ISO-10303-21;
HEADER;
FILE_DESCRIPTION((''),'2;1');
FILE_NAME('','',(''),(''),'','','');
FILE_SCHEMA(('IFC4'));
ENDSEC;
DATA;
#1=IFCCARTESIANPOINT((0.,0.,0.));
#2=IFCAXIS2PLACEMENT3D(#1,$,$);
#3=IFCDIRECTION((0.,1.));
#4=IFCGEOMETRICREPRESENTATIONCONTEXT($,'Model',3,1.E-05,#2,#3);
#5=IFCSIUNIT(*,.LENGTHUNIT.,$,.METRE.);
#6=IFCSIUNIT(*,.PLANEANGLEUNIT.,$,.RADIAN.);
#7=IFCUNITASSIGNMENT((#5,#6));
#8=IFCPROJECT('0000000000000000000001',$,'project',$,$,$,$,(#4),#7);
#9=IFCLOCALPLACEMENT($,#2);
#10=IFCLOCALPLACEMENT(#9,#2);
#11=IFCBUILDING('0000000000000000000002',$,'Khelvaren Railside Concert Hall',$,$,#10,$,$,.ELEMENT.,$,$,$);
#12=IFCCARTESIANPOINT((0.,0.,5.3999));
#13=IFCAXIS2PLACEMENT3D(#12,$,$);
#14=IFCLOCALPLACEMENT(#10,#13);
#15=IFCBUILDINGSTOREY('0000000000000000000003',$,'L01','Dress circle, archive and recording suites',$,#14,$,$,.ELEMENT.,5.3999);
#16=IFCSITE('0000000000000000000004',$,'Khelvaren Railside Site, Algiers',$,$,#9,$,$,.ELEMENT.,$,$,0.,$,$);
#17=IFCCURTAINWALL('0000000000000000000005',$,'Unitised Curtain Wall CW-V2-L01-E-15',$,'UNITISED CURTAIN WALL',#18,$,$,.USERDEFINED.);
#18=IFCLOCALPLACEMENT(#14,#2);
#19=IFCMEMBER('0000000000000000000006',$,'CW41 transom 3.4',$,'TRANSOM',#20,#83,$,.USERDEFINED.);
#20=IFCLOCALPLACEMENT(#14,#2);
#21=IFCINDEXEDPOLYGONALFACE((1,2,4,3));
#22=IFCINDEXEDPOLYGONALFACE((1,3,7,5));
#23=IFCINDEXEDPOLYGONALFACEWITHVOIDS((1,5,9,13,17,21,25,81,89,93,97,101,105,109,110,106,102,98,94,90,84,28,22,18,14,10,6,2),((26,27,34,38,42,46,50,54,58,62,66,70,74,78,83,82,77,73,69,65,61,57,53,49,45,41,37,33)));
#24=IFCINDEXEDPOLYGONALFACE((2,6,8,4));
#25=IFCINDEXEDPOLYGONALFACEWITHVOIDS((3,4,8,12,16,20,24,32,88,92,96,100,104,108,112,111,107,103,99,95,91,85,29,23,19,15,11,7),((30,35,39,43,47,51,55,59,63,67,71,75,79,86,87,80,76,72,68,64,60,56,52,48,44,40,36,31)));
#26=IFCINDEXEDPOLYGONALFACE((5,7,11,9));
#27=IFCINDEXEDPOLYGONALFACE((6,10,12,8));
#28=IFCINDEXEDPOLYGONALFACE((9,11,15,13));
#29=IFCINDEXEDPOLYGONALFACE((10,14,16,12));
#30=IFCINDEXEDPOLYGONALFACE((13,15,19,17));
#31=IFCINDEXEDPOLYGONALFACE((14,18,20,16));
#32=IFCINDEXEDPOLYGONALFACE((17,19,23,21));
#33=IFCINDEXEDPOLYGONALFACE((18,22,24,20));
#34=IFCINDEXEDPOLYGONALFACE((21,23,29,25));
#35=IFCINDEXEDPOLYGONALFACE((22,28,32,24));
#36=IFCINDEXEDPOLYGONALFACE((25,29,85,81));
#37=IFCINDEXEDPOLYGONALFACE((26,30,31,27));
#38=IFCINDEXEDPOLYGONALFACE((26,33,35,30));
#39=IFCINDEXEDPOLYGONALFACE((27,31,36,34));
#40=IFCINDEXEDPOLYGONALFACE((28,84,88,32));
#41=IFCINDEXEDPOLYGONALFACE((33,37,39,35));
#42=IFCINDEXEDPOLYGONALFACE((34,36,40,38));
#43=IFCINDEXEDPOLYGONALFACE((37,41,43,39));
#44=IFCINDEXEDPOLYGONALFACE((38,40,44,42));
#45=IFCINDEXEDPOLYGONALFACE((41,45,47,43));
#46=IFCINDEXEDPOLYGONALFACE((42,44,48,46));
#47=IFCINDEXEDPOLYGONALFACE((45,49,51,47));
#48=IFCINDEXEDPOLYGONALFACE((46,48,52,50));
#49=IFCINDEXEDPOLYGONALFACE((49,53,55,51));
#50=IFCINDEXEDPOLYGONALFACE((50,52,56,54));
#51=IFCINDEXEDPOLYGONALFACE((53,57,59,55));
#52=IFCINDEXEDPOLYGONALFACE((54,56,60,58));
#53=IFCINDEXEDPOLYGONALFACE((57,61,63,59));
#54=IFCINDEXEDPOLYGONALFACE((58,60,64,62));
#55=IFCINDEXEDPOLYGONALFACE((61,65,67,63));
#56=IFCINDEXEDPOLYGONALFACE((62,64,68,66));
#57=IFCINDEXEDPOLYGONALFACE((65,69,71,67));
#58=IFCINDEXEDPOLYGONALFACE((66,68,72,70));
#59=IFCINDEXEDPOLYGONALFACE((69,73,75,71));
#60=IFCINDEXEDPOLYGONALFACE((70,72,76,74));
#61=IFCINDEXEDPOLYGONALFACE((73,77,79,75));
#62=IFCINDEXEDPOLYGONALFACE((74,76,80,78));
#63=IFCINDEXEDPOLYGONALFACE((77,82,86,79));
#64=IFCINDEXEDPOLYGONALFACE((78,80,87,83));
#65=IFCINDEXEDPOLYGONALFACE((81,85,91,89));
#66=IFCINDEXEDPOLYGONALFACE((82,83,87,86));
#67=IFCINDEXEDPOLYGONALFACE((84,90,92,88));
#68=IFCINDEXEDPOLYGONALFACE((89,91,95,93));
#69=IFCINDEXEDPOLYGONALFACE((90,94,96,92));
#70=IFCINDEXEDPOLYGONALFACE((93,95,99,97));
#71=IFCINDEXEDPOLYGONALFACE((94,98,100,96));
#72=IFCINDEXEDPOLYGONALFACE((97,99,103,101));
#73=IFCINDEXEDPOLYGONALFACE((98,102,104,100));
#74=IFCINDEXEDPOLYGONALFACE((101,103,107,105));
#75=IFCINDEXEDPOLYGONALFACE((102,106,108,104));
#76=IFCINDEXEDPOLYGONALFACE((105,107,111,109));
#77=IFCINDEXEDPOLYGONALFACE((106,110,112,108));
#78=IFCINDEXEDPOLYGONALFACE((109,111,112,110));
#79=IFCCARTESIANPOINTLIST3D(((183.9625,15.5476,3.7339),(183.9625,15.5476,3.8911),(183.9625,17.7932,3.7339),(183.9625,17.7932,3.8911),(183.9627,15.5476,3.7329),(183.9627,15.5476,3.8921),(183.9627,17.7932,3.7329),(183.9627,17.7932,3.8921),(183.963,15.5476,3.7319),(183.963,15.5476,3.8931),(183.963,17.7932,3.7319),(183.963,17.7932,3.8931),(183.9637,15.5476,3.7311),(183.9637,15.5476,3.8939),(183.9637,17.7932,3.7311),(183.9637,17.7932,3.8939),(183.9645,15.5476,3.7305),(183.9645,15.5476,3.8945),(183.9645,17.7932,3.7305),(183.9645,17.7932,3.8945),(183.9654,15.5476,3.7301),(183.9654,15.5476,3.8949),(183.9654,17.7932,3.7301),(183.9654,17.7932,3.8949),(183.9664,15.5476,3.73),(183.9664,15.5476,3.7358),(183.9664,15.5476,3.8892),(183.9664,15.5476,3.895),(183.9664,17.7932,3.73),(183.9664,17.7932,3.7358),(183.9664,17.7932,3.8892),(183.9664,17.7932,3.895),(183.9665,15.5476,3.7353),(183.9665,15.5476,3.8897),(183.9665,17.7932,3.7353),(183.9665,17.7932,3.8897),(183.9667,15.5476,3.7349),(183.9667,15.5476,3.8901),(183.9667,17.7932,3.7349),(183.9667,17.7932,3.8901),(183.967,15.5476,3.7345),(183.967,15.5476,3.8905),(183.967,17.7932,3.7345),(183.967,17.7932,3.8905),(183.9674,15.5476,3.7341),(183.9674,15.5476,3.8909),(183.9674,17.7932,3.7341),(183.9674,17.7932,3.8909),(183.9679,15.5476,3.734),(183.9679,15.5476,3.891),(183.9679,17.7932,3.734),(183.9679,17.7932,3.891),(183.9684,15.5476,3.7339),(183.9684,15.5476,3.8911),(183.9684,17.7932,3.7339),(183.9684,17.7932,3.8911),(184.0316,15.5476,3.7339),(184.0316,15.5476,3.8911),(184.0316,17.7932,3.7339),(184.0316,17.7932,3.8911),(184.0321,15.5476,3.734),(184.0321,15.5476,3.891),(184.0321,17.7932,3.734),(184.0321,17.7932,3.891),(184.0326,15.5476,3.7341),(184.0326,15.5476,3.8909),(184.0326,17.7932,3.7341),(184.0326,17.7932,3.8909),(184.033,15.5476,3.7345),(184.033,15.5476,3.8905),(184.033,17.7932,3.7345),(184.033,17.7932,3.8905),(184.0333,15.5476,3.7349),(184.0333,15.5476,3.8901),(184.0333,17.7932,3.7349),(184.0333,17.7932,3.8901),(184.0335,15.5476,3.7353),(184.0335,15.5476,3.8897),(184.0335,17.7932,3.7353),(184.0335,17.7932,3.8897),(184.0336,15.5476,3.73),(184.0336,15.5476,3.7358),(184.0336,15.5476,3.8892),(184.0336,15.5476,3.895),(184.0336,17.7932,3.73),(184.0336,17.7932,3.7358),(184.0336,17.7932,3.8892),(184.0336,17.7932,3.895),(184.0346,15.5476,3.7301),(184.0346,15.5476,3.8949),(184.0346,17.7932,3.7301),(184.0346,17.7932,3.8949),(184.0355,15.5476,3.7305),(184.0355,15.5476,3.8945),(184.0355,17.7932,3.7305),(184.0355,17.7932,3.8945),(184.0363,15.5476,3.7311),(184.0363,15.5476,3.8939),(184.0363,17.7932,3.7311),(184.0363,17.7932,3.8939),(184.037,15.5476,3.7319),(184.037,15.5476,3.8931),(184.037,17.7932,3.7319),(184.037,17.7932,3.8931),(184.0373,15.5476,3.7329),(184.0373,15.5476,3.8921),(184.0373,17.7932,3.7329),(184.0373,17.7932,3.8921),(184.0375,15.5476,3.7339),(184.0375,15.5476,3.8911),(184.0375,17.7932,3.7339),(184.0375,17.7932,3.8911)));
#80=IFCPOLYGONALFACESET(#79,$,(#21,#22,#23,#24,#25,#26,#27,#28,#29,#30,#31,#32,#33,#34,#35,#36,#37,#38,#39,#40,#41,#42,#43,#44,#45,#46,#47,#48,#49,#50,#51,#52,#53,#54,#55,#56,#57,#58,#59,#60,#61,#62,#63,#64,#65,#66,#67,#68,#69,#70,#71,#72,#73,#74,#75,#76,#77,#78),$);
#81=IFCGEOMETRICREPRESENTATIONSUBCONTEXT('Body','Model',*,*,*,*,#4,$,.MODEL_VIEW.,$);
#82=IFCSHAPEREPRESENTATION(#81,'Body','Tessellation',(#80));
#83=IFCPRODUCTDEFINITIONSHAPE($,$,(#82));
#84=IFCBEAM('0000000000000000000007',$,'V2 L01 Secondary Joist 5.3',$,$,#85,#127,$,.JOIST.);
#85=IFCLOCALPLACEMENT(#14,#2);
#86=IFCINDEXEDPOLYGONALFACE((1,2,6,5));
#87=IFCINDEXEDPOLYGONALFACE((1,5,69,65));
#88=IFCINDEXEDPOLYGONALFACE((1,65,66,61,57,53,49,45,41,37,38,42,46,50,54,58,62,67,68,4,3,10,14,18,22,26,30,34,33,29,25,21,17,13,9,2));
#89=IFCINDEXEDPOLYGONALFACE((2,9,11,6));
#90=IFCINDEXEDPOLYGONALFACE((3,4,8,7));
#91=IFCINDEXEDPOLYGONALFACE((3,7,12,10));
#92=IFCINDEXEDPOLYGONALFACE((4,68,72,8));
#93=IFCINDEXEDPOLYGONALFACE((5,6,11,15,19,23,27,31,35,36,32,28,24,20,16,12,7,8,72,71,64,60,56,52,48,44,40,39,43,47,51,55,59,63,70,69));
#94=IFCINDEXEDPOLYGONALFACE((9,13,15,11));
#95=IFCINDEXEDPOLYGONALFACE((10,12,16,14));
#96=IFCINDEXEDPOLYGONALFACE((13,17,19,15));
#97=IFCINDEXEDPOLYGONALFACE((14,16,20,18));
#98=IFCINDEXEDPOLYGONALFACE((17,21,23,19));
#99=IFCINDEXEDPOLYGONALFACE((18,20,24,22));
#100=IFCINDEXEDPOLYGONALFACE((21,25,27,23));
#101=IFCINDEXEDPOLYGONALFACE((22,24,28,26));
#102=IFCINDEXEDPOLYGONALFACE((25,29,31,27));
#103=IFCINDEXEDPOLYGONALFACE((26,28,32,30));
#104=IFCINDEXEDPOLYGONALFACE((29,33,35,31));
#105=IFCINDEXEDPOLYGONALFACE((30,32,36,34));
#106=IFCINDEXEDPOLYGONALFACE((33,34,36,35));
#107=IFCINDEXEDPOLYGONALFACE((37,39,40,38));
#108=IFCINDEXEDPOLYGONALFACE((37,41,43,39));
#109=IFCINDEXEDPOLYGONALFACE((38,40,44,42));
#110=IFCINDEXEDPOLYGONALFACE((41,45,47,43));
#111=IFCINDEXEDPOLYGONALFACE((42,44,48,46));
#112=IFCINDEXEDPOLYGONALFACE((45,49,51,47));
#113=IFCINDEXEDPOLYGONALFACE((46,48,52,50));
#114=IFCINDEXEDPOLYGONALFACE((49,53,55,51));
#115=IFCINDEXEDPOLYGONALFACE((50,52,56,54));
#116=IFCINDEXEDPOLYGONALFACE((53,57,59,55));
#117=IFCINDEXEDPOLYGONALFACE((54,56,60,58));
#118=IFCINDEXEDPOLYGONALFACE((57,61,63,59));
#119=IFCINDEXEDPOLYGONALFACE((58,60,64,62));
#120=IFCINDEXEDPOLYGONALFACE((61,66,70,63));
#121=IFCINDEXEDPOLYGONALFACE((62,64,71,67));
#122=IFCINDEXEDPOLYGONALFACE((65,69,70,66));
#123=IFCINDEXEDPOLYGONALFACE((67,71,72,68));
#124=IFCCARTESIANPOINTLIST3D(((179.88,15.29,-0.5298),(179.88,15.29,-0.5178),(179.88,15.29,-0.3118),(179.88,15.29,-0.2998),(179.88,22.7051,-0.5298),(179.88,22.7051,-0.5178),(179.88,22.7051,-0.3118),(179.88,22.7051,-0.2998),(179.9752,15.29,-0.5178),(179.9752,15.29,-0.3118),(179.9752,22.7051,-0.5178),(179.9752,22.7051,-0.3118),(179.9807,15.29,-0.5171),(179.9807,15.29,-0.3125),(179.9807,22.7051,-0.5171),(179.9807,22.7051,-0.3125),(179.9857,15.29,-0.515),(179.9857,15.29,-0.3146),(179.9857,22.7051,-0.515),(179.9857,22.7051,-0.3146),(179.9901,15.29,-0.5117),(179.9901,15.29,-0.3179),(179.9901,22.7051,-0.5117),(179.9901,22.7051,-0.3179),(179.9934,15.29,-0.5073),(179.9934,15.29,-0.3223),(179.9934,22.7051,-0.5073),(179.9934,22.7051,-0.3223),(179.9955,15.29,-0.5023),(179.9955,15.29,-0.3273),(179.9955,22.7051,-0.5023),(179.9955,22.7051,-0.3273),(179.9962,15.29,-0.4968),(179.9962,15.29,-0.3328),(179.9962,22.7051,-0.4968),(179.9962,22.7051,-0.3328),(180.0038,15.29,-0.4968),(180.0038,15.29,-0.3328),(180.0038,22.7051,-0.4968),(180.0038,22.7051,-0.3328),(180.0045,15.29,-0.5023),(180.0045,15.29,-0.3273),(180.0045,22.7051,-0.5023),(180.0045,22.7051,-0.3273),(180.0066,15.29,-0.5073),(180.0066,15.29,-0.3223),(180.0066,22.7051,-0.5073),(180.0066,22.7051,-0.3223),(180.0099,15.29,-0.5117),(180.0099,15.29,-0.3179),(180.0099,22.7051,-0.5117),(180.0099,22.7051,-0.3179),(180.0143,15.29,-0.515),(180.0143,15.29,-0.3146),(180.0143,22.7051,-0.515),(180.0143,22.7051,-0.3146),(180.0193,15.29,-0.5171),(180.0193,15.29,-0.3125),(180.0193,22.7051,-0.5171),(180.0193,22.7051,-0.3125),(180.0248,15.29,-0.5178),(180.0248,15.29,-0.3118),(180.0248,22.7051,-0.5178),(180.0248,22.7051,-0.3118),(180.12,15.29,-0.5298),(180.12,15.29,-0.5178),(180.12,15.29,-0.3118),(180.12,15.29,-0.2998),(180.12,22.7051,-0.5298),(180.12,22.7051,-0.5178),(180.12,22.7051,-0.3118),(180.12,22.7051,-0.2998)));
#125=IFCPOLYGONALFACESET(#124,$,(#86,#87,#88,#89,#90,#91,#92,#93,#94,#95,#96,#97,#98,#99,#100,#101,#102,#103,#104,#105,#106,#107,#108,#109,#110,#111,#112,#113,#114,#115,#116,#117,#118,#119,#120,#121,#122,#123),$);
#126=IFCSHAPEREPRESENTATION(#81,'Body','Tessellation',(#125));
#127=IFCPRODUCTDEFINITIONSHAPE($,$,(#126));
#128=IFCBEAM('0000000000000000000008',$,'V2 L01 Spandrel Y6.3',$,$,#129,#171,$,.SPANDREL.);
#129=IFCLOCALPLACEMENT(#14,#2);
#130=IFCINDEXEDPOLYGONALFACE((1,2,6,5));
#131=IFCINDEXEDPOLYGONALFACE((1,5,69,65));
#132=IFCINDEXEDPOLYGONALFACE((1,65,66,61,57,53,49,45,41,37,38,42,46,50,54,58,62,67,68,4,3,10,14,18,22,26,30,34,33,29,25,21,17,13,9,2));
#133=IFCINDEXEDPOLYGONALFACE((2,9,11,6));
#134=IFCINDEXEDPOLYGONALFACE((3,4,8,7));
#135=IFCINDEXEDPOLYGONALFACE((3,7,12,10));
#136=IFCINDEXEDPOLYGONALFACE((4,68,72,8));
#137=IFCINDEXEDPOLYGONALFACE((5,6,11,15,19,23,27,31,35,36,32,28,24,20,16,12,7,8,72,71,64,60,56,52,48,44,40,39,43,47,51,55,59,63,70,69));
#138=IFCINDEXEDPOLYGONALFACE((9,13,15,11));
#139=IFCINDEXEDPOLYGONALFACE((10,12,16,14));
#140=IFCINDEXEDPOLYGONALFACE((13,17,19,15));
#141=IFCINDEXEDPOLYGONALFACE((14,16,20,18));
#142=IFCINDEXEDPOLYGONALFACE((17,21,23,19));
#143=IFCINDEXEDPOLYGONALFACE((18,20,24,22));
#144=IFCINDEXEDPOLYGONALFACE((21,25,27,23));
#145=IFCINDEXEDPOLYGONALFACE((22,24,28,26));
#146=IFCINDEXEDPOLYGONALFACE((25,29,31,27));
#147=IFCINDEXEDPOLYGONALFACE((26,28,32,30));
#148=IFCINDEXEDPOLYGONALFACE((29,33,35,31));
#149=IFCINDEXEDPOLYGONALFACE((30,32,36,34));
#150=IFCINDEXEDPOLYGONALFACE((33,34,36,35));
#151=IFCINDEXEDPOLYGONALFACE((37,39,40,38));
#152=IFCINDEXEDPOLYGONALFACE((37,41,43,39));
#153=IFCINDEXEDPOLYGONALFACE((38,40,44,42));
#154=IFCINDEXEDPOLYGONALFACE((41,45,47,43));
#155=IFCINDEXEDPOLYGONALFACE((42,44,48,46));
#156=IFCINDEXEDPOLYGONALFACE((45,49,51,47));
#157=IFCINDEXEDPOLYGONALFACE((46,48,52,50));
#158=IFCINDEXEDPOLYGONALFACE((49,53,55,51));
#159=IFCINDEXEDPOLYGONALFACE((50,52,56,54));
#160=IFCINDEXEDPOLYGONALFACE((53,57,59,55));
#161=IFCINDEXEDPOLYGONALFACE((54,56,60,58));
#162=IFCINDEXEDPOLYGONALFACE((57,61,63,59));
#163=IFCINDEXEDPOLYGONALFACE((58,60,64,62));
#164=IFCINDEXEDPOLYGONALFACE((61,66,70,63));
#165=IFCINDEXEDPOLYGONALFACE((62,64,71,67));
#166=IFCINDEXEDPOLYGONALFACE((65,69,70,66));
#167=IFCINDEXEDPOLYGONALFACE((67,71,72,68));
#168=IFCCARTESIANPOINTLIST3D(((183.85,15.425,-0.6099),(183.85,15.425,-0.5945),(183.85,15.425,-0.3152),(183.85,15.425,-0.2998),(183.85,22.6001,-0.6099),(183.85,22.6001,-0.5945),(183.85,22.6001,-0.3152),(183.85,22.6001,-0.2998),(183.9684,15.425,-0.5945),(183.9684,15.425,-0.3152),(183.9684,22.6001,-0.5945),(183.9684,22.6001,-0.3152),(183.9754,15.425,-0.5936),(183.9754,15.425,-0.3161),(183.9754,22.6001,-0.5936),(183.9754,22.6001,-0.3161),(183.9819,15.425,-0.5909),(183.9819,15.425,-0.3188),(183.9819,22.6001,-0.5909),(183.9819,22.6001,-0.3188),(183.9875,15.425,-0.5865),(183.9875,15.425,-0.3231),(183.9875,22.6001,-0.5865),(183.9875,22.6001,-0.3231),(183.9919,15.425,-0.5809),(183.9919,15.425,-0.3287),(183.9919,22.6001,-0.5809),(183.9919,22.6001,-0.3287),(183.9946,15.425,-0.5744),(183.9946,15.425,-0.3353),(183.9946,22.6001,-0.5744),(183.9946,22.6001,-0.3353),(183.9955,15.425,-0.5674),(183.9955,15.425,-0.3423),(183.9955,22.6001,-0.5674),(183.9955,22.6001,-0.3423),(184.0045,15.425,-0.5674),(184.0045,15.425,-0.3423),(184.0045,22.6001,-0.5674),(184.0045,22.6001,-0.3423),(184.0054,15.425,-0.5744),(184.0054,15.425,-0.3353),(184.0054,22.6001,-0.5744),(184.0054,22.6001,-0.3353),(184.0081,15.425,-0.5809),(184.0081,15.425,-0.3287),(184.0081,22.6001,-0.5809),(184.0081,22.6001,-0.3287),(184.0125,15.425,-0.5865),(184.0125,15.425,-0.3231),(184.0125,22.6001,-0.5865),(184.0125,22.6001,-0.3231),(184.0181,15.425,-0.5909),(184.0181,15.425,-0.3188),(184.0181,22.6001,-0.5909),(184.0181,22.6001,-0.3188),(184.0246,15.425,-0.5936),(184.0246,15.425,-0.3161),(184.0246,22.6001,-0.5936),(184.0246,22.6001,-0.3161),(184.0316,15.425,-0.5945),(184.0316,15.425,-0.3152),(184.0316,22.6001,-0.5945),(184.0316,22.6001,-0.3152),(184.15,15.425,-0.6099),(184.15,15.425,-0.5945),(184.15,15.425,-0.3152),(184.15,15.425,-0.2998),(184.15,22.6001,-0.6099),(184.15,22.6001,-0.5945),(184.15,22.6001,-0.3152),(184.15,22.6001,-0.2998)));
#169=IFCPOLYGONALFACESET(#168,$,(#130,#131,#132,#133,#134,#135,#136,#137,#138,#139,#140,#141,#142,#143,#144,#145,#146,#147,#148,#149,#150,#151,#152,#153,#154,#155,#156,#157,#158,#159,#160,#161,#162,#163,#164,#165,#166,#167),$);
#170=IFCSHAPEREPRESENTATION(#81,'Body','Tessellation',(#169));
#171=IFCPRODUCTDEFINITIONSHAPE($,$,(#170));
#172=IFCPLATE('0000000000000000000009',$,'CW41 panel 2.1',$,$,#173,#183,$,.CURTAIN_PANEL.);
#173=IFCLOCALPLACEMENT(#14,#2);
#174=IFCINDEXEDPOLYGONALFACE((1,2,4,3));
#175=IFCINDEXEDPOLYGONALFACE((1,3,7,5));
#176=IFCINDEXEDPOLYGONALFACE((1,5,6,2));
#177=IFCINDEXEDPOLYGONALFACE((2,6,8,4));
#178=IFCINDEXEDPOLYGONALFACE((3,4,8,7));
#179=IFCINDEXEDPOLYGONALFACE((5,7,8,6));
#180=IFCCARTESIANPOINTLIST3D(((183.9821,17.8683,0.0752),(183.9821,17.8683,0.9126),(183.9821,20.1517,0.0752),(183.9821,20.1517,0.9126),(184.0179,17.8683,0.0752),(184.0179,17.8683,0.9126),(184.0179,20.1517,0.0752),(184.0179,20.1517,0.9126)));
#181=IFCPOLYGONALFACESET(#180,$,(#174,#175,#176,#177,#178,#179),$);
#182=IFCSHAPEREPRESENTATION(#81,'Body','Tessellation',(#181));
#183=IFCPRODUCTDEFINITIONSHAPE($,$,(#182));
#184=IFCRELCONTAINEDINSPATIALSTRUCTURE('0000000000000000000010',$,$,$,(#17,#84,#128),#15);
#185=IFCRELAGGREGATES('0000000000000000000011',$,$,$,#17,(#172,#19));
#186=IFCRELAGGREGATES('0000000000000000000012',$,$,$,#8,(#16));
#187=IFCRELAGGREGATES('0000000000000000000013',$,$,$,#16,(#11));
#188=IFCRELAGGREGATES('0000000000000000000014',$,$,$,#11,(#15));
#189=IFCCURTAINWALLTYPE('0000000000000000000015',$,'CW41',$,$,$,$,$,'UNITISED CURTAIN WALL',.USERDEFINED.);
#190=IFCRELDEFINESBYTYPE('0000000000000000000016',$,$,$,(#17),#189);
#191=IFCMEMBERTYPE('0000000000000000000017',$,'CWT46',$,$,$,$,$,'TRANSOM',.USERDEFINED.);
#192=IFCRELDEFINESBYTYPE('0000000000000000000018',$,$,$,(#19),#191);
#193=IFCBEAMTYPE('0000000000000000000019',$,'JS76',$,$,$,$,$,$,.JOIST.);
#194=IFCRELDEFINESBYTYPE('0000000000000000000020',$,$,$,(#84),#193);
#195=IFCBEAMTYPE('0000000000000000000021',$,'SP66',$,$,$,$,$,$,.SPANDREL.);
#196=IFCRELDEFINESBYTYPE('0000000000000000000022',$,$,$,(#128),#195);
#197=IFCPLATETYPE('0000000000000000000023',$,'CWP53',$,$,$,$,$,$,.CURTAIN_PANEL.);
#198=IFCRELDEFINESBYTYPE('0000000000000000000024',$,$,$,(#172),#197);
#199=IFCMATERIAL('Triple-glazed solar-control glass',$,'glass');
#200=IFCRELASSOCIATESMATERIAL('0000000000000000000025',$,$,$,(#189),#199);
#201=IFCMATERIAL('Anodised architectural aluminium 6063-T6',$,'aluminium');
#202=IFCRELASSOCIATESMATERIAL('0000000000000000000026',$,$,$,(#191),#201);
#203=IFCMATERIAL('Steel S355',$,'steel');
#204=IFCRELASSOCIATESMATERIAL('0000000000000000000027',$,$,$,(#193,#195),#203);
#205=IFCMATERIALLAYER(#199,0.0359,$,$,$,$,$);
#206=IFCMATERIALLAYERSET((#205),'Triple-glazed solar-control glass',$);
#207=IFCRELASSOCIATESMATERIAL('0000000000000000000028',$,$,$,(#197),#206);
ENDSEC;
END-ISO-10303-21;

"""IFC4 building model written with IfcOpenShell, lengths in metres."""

from ifc_helpers import new_model, si_unit, direction, frame, origin, origin_2d, place, context, subcontext, project, spatial, rectangle, hollow_rectangle, i_section, extrude, material, layer, layer_set, material_profile, profile_set, type_object, element, aggregate, save


model = new_model("IFC4")

# Units and contexts
model_context = context("Model", 3, precision=1e-05, world=origin(), true_north=direction((0.0, 1.0)))
body_context = subcontext(model_context, "Body", "Model", "MODEL_VIEW")
ifc_project = project(units=[si_unit("LENGTHUNIT", "METRE"), si_unit("PLANEANGLEUNIT", "RADIAN")], contexts=[model_context])

# Site, building, storey
site_placement = place(None, origin())
site = spatial("IfcSite", under=ifc_project, at=site_placement, Name="Khelvaren Railside Site, Algiers", CompositionType="ELEMENT", RefElevation=0.0)
building_placement = place(site_placement, origin())
building = spatial("IfcBuilding", under=site, at=building_placement, Name="Khelvaren Railside Concert Hall", CompositionType="ELEMENT")
storey_placement = place(building_placement, frame((0.0, 0.0, 5.3999)))
storey = spatial("IfcBuildingStorey", under=building, at=storey_placement, Name="L01", Description="Dress circle, archive and recording suites", CompositionType="ELEMENT", Elevation=5.3999)

# Shared definitions
ifc_material_1 = material(Name="Steel S355", Category="steel")

# Curtain wall
ifc_material_2 = material(Name="Triple-glazed solar-control glass", Category="glass")
curtain_wall_type_1 = type_object("IfcCurtainWallType", Name="CW41", ElementType="UNITISED CURTAIN WALL", PredefinedType="USERDEFINED", material=ifc_material_2)
curtain_wall_1_placement = place(storey_placement, origin())
curtain_wall_1 = element("IfcCurtainWall", 1, at=curtain_wall_1_placement, inside=storey, type_object=curtain_wall_type_1, Name="Unitised Curtain Wall CW-V2-L01-E-15", ObjectType="UNITISED CURTAIN WALL", PredefinedType="USERDEFINED")
ifc_material_3 = material(Name="Anodised architectural aluminium 6063-T6", Category="aluminium")

# Member
ifc_material_profile_1 = material_profile(ifc_material_3, hollow_rectangle(XDim=0.075, YDim=0.165, WallThickness=0.0039, InnerFilletRadius=0.002, OuterFilletRadius=0.0039, at=origin_2d()), Name="CWT 75x165x4")
ifc_profile_set_1 = profile_set([ifc_material_profile_1], Name="Anodised architectural aluminium 6063-T6")
member_type_1 = type_object("IfcMemberType", Name="CWT46", ElementType="TRANSOM", PredefinedType="USERDEFINED", material=ifc_profile_set_1)
member_1_placement = place(storey_placement, frame((184.0, 17.7932, 3.8125), z_axis=(0.0, -1.0, 0.0), x_axis=(1.0, 0.0, 0.0)))
member_1 = element("IfcMember", 2, at=member_1_placement, type_object=member_type_1, Name="CW41 transom 3.4", ObjectType="TRANSOM", PredefinedType="USERDEFINED", context=body_context, shape_type="SweptSolid", body=[
    extrude(hollow_rectangle(XDim=0.075, YDim=0.165, WallThickness=0.0039, InnerFilletRadius=0.002, OuterFilletRadius=0.0039, at=origin_2d()), origin(), (0.0, 0.0, 1.0), 2.2456),
])

# Beams
ifc_material_profile_2 = material_profile(ifc_material_1, i_section(OverallWidth=0.24, OverallDepth=0.23, WebThickness=0.0076, FlangeThickness=0.012, FilletRadius=0.021, at=origin_2d()), Name="HEA 240")
ifc_profile_set_2 = profile_set([ifc_material_profile_2], Name="Steel S355")
beam_type_1 = type_object("IfcBeamType", Name="JS76", PredefinedType="JOIST", material=ifc_profile_set_2)
beam_1_placement = place(storey_placement, frame((180.0, 15.29, -0.4148), z_axis=(0.0, 1.0, 0.0), x_axis=(-1.0, 0.0, 0.0)))
element("IfcBeam", 3, at=beam_1_placement, inside=storey, type_object=beam_type_1, Name="V2 L01 Secondary Joist 5.3", PredefinedType="JOIST", context=body_context, shape_type="SweptSolid", body=[
    extrude(i_section(OverallWidth=0.24, OverallDepth=0.23, WebThickness=0.0076, FlangeThickness=0.012, FilletRadius=0.021, at=origin_2d()), origin(), (0.0, 0.0, 1.0), 7.415),
])
ifc_material_profile_3 = material_profile(ifc_material_1, i_section(OverallWidth=0.3, OverallDepth=0.3101, WebThickness=0.009, FlangeThickness=0.0154, FilletRadius=0.0271, at=origin_2d()), Name="HEA 320")
ifc_profile_set_3 = profile_set([ifc_material_profile_3], Name="Steel S355")
beam_type_2 = type_object("IfcBeamType", Name="SP66", PredefinedType="SPANDREL", material=ifc_profile_set_3)
beam_2_placement = place(storey_placement, frame((184.0, 15.425, -0.4548), z_axis=(0.0, 1.0, 0.0), x_axis=(-1.0, 0.0, 0.0)))
element("IfcBeam", 4, at=beam_2_placement, inside=storey, type_object=beam_type_2, Name="V2 L01 Spandrel Y6.3", PredefinedType="SPANDREL", context=body_context, shape_type="SweptSolid", body=[
    extrude(i_section(OverallWidth=0.3, OverallDepth=0.3101, WebThickness=0.009, FlangeThickness=0.0154, FilletRadius=0.0271, at=origin_2d()), origin(), (0.0, 0.0, 1.0), 7.175),
])

# Plate
ifc_layer_1 = layer(ifc_material_2, 0.0359)
ifc_layer_set_1 = layer_set([ifc_layer_1], Name="Triple-glazed solar-control glass")
plate_type_1 = type_object("IfcPlateType", Name="CWP53", PredefinedType="CURTAIN_PANEL", material=ifc_layer_set_1)
plate_1_placement = place(storey_placement, frame((184.0, 19.01, 0.0752), z_axis=(0.0, 0.0, 1.0), x_axis=(0.0, -1.0, 0.0)))
plate_1 = element("IfcPlate", 5, at=plate_1_placement, type_object=plate_type_1, Name="CW41 panel 2.1", PredefinedType="CURTAIN_PANEL", context=body_context, shape_type="SweptSolid", body=[
    extrude(rectangle(XDim=2.2834, YDim=0.0359, at=origin_2d()), origin(), (0.0, 0.0, 1.0), 0.8374),
])
aggregate(curtain_wall_1, [plate_1, member_1])

save(model, "model.ifc")
